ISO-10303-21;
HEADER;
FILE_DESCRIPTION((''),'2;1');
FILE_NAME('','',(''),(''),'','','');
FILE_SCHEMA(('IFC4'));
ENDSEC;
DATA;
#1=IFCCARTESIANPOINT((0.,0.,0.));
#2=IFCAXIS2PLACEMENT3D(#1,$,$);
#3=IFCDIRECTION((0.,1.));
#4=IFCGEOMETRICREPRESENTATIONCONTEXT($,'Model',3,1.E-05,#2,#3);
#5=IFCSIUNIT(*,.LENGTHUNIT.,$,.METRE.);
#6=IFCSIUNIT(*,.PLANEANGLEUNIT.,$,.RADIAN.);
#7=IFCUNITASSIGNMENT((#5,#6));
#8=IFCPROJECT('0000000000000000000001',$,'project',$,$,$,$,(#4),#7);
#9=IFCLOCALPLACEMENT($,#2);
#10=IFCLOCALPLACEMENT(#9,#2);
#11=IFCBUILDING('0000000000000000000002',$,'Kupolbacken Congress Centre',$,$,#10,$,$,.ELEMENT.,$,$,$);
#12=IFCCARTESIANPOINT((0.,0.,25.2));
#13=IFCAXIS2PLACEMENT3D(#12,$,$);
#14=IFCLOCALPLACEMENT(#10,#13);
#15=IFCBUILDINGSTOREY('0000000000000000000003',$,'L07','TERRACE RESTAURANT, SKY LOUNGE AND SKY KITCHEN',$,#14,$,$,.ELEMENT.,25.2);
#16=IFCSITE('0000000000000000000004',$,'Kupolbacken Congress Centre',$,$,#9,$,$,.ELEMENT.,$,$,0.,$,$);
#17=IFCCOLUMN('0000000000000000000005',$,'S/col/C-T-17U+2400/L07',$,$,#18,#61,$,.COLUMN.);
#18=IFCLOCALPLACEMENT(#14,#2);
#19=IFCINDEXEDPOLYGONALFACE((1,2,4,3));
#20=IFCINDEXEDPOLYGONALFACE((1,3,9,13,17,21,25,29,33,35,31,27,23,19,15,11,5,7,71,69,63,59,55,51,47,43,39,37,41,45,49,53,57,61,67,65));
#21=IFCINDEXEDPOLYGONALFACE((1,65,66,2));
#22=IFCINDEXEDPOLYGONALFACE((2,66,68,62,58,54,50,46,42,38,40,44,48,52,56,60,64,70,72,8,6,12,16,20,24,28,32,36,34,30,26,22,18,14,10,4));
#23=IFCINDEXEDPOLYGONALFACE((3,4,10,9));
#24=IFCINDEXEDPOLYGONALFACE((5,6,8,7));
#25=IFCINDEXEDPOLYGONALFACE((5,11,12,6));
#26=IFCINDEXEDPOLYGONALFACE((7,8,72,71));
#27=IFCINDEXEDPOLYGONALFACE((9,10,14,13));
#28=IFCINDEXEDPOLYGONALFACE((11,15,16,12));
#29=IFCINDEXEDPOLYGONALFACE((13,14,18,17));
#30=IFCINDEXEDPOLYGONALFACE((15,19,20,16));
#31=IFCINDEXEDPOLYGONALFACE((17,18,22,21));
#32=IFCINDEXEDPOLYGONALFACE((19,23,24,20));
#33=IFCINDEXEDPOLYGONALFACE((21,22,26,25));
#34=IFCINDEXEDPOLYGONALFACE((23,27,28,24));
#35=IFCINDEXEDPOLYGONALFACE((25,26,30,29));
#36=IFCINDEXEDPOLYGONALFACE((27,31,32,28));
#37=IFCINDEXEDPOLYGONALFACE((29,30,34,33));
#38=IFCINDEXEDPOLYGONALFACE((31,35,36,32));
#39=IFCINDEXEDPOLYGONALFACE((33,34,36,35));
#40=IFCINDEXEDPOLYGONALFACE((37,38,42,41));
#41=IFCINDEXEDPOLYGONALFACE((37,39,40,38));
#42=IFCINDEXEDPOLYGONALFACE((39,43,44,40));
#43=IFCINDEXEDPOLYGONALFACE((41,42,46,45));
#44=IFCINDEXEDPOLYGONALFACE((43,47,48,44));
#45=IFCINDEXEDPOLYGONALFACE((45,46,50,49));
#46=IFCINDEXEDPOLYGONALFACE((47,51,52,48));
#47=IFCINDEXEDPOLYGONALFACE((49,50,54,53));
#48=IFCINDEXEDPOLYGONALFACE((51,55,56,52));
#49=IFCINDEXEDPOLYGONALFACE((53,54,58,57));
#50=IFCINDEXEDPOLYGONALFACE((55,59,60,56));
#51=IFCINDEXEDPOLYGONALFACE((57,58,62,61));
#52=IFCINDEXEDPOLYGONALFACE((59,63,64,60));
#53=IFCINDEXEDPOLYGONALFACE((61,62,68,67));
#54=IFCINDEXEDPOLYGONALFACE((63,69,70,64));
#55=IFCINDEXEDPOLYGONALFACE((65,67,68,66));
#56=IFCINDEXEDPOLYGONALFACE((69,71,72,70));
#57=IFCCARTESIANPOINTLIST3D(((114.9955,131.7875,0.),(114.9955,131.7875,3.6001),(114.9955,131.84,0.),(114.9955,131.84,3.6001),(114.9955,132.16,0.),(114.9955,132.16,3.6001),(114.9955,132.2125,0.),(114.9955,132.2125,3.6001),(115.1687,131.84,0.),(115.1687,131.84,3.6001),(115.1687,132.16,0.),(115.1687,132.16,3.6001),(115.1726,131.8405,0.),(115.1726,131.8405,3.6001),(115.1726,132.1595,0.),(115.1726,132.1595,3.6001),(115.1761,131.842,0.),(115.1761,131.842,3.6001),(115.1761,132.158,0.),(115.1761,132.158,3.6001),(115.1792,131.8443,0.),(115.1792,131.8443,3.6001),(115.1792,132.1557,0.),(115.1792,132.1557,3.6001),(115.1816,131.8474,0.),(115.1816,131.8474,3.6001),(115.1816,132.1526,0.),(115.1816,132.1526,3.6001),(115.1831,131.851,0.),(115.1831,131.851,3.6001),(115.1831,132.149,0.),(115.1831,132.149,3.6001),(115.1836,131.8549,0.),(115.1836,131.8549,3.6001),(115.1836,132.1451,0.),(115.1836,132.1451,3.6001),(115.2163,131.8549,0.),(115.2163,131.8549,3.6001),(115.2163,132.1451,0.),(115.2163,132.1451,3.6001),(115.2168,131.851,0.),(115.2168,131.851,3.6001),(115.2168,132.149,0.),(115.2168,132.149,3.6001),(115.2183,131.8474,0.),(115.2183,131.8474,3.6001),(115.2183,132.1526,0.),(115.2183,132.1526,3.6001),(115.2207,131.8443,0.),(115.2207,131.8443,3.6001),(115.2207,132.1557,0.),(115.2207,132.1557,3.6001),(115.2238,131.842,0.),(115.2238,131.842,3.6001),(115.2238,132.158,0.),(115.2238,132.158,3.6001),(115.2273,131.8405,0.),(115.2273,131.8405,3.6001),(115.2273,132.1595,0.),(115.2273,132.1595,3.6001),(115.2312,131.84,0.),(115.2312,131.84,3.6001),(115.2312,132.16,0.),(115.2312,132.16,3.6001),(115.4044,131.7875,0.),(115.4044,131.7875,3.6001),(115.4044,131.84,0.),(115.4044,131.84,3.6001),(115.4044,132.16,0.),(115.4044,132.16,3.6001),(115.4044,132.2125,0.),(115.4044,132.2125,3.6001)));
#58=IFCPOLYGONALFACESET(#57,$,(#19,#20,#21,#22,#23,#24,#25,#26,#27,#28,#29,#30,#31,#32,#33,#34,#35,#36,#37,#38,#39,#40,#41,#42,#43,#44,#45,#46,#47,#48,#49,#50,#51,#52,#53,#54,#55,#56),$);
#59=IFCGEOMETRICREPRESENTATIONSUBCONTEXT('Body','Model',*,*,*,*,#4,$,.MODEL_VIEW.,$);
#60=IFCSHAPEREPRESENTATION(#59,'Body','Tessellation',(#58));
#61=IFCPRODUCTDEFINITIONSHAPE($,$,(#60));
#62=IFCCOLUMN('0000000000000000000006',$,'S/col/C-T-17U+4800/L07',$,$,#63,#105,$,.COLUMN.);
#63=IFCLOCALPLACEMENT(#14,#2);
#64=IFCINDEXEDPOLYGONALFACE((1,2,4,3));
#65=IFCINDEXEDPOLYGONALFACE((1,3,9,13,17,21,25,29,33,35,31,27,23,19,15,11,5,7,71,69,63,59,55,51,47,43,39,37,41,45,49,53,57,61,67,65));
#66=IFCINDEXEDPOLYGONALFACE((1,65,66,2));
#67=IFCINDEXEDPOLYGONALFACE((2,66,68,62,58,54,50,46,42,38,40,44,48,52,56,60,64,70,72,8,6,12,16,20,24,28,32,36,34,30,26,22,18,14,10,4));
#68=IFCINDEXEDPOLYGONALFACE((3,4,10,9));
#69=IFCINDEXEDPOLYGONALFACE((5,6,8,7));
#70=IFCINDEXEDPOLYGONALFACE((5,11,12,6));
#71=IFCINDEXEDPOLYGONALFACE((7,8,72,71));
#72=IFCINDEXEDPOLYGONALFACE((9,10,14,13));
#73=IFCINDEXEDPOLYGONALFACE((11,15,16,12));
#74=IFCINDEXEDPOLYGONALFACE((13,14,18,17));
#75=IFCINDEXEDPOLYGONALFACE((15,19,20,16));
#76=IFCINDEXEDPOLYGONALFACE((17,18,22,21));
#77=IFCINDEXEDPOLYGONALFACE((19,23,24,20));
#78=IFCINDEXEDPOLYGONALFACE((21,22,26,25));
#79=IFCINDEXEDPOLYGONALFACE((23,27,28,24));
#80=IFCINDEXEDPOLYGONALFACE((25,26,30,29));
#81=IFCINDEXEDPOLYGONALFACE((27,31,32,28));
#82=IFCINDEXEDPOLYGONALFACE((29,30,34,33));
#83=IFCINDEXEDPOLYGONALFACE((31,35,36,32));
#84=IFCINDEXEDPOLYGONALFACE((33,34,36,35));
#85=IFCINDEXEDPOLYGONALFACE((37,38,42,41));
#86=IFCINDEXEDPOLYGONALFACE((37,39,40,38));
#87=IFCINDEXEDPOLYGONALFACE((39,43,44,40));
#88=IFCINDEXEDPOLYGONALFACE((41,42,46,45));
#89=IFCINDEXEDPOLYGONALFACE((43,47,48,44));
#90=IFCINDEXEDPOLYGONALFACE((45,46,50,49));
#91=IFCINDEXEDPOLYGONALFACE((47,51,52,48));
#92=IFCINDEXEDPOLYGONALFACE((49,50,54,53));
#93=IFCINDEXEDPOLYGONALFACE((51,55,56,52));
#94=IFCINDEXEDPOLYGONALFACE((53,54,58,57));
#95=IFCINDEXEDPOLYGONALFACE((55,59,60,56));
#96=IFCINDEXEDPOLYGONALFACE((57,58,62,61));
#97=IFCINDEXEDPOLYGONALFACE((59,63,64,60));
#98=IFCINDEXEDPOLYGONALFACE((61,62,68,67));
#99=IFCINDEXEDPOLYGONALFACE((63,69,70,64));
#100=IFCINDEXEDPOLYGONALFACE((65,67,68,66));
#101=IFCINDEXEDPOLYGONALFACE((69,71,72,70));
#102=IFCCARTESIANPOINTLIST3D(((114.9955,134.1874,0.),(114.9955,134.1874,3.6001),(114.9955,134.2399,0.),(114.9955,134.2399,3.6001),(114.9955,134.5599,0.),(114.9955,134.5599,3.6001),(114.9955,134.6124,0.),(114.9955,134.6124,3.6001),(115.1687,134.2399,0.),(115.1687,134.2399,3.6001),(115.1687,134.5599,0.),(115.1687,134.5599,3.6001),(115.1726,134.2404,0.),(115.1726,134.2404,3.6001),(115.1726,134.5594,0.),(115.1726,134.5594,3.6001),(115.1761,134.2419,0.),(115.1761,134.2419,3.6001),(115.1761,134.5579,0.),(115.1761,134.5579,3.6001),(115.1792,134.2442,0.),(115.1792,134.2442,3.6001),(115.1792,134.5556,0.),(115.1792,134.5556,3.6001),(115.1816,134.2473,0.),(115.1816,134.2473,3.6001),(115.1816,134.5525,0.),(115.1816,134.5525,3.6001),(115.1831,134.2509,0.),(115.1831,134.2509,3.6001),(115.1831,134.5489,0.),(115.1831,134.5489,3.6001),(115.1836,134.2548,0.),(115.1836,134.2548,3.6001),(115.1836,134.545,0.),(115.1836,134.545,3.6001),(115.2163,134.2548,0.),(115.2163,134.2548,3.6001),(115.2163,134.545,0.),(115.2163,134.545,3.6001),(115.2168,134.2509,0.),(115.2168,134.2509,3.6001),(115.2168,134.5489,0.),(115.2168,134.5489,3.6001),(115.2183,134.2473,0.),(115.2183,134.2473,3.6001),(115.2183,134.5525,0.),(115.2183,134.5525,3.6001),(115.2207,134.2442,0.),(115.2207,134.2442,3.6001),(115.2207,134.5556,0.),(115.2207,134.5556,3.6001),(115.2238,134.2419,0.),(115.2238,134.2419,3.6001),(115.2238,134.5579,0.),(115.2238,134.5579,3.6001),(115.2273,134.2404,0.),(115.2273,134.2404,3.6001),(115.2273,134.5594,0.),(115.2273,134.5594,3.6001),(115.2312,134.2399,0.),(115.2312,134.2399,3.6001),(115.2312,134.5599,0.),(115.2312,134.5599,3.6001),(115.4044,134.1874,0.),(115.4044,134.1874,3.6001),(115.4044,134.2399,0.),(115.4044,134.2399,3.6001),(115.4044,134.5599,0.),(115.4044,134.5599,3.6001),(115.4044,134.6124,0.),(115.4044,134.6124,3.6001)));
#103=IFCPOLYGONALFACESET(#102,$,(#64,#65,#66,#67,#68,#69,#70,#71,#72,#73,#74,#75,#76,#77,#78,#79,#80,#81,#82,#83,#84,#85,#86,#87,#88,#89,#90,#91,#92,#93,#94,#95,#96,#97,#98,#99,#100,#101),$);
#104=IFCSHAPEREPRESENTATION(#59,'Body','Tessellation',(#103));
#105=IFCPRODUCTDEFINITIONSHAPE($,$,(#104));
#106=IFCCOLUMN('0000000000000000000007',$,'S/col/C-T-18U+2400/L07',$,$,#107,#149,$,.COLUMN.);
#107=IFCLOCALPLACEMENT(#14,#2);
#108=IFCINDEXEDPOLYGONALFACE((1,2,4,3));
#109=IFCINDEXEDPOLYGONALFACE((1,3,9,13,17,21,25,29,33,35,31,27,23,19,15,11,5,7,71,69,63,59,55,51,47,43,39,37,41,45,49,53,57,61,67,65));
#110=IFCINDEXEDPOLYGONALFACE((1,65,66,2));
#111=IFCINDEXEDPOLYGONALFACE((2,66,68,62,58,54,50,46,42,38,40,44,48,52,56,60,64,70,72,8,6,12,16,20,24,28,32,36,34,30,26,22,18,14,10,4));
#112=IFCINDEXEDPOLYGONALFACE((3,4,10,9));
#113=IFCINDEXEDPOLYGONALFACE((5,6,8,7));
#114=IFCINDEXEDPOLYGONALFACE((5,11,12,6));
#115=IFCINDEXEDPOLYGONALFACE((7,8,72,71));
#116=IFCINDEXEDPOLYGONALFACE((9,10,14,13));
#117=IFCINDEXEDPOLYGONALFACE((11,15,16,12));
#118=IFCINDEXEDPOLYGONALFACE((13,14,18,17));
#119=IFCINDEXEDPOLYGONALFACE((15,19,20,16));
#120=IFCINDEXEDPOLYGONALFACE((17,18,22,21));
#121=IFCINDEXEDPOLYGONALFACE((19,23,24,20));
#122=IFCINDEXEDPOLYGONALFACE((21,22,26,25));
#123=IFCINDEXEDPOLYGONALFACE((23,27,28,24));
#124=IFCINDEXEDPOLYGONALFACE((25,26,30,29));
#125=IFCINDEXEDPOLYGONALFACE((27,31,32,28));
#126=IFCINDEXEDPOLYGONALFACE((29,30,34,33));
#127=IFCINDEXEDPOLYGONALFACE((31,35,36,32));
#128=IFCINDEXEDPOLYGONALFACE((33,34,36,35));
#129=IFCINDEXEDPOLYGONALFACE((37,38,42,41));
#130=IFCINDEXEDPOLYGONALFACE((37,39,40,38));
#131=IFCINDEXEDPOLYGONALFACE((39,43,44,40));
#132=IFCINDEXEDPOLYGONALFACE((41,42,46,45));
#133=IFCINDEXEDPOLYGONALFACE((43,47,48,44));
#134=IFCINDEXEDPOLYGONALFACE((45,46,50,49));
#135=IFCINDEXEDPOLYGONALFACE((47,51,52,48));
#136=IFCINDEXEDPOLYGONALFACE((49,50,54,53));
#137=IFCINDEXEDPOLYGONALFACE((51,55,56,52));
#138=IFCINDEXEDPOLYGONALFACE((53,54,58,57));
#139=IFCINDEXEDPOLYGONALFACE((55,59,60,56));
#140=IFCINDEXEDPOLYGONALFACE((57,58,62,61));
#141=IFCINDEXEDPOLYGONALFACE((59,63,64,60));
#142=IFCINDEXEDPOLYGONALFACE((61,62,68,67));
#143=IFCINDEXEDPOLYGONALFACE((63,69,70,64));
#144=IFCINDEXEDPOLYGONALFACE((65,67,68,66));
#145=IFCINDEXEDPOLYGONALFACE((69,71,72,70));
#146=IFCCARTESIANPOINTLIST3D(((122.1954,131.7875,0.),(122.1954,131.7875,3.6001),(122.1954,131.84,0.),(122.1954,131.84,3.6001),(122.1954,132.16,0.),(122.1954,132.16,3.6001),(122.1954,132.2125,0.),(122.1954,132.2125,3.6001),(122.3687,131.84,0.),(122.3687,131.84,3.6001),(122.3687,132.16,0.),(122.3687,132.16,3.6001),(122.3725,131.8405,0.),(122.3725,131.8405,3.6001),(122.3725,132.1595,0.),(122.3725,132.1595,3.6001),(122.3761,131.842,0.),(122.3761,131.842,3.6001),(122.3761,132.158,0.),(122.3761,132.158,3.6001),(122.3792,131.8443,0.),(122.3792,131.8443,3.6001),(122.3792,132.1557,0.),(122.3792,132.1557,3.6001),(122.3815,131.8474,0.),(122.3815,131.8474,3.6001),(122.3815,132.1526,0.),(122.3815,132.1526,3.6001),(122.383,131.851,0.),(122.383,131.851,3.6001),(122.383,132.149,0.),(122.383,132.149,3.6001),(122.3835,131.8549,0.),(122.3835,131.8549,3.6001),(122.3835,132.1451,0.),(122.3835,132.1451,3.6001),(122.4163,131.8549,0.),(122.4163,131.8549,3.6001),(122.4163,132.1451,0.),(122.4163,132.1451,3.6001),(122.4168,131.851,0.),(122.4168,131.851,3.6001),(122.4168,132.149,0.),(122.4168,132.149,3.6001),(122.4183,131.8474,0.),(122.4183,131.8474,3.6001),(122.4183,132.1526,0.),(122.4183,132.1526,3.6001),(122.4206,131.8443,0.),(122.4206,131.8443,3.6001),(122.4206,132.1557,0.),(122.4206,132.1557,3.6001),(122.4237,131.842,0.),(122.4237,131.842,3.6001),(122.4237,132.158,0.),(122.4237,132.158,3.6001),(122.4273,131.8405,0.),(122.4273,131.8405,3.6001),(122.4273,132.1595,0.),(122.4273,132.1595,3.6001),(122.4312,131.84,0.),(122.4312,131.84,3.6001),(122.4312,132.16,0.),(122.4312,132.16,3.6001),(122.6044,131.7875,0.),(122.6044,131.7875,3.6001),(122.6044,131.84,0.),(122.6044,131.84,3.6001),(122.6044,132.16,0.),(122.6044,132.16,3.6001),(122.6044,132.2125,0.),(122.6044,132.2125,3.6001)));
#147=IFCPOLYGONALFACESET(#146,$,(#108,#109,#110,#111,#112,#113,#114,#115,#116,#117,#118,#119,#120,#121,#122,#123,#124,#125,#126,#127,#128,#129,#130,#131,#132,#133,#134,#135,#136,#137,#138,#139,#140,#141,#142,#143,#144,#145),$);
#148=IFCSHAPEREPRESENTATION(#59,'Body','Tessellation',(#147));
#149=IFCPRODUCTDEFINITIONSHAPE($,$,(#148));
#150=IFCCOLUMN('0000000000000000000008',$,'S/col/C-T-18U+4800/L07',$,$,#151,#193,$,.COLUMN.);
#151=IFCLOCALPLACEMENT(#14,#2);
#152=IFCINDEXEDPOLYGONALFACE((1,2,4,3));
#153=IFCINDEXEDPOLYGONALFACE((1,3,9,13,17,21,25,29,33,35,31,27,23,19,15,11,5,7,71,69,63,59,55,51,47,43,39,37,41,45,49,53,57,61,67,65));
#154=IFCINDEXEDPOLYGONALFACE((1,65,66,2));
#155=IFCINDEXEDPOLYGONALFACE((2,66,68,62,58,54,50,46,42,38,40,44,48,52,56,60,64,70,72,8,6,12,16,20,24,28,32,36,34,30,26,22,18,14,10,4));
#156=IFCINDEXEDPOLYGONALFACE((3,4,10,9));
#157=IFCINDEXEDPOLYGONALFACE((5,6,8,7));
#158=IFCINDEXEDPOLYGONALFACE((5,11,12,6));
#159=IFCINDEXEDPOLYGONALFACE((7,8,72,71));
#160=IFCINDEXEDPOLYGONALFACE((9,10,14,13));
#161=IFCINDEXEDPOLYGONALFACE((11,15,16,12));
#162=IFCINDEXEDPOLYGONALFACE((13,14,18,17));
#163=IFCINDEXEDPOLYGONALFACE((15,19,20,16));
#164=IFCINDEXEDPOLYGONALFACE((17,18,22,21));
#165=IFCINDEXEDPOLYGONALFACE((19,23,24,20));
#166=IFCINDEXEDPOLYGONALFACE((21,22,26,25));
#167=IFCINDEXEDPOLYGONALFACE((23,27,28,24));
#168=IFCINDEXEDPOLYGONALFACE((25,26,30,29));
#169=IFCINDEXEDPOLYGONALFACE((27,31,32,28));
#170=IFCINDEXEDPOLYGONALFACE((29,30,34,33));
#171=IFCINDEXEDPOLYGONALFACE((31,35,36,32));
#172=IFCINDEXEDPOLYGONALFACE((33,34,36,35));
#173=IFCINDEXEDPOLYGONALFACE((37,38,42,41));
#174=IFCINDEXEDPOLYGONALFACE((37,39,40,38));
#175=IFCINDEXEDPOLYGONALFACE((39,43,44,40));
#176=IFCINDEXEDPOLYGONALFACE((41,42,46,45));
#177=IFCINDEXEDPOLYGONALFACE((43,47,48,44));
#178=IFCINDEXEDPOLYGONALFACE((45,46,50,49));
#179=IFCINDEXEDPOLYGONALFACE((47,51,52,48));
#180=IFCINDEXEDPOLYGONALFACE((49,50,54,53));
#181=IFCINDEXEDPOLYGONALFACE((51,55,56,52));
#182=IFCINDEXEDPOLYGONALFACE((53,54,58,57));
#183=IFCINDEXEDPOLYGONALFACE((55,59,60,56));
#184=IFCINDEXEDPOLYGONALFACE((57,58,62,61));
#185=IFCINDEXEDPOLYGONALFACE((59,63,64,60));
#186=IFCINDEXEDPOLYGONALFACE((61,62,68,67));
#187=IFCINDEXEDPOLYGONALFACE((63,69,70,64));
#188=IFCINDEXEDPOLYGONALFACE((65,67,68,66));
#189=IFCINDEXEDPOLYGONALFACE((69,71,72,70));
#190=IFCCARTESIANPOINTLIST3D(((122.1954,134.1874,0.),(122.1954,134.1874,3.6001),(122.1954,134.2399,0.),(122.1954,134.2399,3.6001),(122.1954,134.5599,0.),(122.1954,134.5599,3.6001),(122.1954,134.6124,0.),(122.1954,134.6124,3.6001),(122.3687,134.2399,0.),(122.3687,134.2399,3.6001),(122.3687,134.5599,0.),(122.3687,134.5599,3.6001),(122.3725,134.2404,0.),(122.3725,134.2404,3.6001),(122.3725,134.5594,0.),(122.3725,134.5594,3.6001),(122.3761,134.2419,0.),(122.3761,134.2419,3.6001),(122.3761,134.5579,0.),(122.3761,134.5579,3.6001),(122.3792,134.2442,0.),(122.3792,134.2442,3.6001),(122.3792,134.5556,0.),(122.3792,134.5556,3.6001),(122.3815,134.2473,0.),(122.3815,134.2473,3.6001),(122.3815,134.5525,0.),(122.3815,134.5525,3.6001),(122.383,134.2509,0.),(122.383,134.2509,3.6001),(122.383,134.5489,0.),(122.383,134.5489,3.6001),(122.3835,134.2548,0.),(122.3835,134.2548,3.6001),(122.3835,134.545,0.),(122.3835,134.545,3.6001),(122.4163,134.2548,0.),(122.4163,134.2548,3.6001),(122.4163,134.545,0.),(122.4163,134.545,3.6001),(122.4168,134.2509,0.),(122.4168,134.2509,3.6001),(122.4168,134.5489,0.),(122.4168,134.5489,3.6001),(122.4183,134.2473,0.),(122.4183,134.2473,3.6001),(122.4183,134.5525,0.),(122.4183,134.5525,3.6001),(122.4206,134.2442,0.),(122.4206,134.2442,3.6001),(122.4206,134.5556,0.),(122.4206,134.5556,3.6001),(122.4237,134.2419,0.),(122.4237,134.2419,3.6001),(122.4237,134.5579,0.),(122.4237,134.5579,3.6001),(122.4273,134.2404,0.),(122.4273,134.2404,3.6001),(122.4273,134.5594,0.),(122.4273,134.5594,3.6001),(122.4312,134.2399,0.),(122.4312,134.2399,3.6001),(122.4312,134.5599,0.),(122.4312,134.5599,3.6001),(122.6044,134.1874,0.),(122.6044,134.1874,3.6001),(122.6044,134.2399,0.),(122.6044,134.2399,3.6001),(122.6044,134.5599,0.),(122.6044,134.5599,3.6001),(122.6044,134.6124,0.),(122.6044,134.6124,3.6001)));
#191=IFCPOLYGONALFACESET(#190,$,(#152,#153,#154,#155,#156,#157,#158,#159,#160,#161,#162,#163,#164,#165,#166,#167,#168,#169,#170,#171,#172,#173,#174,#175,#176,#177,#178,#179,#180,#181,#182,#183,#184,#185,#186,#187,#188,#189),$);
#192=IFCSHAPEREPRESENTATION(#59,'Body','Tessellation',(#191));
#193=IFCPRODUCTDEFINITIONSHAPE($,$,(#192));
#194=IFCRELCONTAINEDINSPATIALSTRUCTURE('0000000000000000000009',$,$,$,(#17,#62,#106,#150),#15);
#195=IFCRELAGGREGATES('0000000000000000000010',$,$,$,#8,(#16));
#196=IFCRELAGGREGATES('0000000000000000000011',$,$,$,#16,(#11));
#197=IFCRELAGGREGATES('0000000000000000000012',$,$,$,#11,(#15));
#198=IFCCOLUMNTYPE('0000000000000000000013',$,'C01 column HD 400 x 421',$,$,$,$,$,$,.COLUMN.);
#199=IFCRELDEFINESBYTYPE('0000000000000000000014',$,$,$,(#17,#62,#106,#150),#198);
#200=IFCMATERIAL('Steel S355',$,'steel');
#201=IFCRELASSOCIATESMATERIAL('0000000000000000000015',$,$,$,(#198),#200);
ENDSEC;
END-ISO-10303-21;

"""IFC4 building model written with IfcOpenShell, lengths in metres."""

from ifc_helpers import new_model, si_unit, direction, frame, origin, origin_2d, place, context, subcontext, project, spatial, i_section, extrude, material, material_profile, profile_set, type_object, element, save


model = new_model("IFC4")

# Units and contexts
model_context = context("Model", 3, precision=1e-05, world=origin(), true_north=direction((0.0, 1.0)))
body_context = subcontext(model_context, "Body", "Model", "MODEL_VIEW")
ifc_project = project(units=[si_unit("LENGTHUNIT", "METRE"), si_unit("PLANEANGLEUNIT", "RADIAN")], contexts=[model_context])

# Site, building, storey
site_placement = place(None, origin())
site = spatial("IfcSite", under=ifc_project, at=site_placement, Name="Kupolbacken Congress Centre", CompositionType="ELEMENT", RefElevation=0.0)
building_placement = place(site_placement, origin())
building = spatial("IfcBuilding", under=site, at=building_placement, Name="Kupolbacken Congress Centre", CompositionType="ELEMENT")
storey_placement = place(building_placement, frame((0.0, 0.0, 25.2)))
storey = spatial("IfcBuildingStorey", under=building, at=storey_placement, Name="L07", Description="TERRACE RESTAURANT, SKY LOUNGE AND SKY KITCHEN", CompositionType="ELEMENT", Elevation=25.2)

# Columns
ifc_material_1 = material(Name="Steel S355", Category="steel")
ifc_material_profile_1 = material_profile(ifc_material_1, i_section(OverallWidth=0.4089, OverallDepth=0.425, WebThickness=0.0327, FlangeThickness=0.0525, FilletRadius=0.0149, at=origin_2d()), Name="HD 400 x 421")
ifc_profile_set_1 = profile_set([ifc_material_profile_1], Name="Steel S355")
column_type_1 = type_object("IfcColumnType", Name="C01 column HD 400 x 421", PredefinedType="COLUMN", material=ifc_profile_set_1)
for number, where, z_axis, x_axis, name in (
    (1, (115.2, 132.0, 0.0), (0.0, 0.0, 1.0), (1.0, 0.0, 0.0), "S/col/C-T-17U+2400/L07"),
    (2, (115.2, 134.3999, 0.0), (0.0, 0.0, 1.0), (1.0, 0.0, 0.0), "S/col/C-T-17U+4800/L07"),
    (3, (122.3999, 132.0, 0.0), (0.0, 0.0, 1.0), (1.0, 0.0, 0.0), "S/col/C-T-18U+2400/L07"),
    (4, (122.3999, 134.3999, 0.0), (0.0, 0.0, 1.0), (1.0, 0.0, 0.0), "S/col/C-T-18U+4800/L07"),
):
    element("IfcColumn", number, at=place(storey_placement, frame(where, z_axis=z_axis, x_axis=x_axis)), inside=storey, type_object=column_type_1, Name=name, PredefinedType="COLUMN", context=body_context, shape_type="SweptSolid", body=[
        extrude(i_section(OverallWidth=0.4089, OverallDepth=0.425, WebThickness=0.0327, FlangeThickness=0.0525, FilletRadius=0.0149, at=origin_2d()), origin(), (0.0, 0.0, 1.0), 3.6001),
    ])

save(model, "model.ifc")
